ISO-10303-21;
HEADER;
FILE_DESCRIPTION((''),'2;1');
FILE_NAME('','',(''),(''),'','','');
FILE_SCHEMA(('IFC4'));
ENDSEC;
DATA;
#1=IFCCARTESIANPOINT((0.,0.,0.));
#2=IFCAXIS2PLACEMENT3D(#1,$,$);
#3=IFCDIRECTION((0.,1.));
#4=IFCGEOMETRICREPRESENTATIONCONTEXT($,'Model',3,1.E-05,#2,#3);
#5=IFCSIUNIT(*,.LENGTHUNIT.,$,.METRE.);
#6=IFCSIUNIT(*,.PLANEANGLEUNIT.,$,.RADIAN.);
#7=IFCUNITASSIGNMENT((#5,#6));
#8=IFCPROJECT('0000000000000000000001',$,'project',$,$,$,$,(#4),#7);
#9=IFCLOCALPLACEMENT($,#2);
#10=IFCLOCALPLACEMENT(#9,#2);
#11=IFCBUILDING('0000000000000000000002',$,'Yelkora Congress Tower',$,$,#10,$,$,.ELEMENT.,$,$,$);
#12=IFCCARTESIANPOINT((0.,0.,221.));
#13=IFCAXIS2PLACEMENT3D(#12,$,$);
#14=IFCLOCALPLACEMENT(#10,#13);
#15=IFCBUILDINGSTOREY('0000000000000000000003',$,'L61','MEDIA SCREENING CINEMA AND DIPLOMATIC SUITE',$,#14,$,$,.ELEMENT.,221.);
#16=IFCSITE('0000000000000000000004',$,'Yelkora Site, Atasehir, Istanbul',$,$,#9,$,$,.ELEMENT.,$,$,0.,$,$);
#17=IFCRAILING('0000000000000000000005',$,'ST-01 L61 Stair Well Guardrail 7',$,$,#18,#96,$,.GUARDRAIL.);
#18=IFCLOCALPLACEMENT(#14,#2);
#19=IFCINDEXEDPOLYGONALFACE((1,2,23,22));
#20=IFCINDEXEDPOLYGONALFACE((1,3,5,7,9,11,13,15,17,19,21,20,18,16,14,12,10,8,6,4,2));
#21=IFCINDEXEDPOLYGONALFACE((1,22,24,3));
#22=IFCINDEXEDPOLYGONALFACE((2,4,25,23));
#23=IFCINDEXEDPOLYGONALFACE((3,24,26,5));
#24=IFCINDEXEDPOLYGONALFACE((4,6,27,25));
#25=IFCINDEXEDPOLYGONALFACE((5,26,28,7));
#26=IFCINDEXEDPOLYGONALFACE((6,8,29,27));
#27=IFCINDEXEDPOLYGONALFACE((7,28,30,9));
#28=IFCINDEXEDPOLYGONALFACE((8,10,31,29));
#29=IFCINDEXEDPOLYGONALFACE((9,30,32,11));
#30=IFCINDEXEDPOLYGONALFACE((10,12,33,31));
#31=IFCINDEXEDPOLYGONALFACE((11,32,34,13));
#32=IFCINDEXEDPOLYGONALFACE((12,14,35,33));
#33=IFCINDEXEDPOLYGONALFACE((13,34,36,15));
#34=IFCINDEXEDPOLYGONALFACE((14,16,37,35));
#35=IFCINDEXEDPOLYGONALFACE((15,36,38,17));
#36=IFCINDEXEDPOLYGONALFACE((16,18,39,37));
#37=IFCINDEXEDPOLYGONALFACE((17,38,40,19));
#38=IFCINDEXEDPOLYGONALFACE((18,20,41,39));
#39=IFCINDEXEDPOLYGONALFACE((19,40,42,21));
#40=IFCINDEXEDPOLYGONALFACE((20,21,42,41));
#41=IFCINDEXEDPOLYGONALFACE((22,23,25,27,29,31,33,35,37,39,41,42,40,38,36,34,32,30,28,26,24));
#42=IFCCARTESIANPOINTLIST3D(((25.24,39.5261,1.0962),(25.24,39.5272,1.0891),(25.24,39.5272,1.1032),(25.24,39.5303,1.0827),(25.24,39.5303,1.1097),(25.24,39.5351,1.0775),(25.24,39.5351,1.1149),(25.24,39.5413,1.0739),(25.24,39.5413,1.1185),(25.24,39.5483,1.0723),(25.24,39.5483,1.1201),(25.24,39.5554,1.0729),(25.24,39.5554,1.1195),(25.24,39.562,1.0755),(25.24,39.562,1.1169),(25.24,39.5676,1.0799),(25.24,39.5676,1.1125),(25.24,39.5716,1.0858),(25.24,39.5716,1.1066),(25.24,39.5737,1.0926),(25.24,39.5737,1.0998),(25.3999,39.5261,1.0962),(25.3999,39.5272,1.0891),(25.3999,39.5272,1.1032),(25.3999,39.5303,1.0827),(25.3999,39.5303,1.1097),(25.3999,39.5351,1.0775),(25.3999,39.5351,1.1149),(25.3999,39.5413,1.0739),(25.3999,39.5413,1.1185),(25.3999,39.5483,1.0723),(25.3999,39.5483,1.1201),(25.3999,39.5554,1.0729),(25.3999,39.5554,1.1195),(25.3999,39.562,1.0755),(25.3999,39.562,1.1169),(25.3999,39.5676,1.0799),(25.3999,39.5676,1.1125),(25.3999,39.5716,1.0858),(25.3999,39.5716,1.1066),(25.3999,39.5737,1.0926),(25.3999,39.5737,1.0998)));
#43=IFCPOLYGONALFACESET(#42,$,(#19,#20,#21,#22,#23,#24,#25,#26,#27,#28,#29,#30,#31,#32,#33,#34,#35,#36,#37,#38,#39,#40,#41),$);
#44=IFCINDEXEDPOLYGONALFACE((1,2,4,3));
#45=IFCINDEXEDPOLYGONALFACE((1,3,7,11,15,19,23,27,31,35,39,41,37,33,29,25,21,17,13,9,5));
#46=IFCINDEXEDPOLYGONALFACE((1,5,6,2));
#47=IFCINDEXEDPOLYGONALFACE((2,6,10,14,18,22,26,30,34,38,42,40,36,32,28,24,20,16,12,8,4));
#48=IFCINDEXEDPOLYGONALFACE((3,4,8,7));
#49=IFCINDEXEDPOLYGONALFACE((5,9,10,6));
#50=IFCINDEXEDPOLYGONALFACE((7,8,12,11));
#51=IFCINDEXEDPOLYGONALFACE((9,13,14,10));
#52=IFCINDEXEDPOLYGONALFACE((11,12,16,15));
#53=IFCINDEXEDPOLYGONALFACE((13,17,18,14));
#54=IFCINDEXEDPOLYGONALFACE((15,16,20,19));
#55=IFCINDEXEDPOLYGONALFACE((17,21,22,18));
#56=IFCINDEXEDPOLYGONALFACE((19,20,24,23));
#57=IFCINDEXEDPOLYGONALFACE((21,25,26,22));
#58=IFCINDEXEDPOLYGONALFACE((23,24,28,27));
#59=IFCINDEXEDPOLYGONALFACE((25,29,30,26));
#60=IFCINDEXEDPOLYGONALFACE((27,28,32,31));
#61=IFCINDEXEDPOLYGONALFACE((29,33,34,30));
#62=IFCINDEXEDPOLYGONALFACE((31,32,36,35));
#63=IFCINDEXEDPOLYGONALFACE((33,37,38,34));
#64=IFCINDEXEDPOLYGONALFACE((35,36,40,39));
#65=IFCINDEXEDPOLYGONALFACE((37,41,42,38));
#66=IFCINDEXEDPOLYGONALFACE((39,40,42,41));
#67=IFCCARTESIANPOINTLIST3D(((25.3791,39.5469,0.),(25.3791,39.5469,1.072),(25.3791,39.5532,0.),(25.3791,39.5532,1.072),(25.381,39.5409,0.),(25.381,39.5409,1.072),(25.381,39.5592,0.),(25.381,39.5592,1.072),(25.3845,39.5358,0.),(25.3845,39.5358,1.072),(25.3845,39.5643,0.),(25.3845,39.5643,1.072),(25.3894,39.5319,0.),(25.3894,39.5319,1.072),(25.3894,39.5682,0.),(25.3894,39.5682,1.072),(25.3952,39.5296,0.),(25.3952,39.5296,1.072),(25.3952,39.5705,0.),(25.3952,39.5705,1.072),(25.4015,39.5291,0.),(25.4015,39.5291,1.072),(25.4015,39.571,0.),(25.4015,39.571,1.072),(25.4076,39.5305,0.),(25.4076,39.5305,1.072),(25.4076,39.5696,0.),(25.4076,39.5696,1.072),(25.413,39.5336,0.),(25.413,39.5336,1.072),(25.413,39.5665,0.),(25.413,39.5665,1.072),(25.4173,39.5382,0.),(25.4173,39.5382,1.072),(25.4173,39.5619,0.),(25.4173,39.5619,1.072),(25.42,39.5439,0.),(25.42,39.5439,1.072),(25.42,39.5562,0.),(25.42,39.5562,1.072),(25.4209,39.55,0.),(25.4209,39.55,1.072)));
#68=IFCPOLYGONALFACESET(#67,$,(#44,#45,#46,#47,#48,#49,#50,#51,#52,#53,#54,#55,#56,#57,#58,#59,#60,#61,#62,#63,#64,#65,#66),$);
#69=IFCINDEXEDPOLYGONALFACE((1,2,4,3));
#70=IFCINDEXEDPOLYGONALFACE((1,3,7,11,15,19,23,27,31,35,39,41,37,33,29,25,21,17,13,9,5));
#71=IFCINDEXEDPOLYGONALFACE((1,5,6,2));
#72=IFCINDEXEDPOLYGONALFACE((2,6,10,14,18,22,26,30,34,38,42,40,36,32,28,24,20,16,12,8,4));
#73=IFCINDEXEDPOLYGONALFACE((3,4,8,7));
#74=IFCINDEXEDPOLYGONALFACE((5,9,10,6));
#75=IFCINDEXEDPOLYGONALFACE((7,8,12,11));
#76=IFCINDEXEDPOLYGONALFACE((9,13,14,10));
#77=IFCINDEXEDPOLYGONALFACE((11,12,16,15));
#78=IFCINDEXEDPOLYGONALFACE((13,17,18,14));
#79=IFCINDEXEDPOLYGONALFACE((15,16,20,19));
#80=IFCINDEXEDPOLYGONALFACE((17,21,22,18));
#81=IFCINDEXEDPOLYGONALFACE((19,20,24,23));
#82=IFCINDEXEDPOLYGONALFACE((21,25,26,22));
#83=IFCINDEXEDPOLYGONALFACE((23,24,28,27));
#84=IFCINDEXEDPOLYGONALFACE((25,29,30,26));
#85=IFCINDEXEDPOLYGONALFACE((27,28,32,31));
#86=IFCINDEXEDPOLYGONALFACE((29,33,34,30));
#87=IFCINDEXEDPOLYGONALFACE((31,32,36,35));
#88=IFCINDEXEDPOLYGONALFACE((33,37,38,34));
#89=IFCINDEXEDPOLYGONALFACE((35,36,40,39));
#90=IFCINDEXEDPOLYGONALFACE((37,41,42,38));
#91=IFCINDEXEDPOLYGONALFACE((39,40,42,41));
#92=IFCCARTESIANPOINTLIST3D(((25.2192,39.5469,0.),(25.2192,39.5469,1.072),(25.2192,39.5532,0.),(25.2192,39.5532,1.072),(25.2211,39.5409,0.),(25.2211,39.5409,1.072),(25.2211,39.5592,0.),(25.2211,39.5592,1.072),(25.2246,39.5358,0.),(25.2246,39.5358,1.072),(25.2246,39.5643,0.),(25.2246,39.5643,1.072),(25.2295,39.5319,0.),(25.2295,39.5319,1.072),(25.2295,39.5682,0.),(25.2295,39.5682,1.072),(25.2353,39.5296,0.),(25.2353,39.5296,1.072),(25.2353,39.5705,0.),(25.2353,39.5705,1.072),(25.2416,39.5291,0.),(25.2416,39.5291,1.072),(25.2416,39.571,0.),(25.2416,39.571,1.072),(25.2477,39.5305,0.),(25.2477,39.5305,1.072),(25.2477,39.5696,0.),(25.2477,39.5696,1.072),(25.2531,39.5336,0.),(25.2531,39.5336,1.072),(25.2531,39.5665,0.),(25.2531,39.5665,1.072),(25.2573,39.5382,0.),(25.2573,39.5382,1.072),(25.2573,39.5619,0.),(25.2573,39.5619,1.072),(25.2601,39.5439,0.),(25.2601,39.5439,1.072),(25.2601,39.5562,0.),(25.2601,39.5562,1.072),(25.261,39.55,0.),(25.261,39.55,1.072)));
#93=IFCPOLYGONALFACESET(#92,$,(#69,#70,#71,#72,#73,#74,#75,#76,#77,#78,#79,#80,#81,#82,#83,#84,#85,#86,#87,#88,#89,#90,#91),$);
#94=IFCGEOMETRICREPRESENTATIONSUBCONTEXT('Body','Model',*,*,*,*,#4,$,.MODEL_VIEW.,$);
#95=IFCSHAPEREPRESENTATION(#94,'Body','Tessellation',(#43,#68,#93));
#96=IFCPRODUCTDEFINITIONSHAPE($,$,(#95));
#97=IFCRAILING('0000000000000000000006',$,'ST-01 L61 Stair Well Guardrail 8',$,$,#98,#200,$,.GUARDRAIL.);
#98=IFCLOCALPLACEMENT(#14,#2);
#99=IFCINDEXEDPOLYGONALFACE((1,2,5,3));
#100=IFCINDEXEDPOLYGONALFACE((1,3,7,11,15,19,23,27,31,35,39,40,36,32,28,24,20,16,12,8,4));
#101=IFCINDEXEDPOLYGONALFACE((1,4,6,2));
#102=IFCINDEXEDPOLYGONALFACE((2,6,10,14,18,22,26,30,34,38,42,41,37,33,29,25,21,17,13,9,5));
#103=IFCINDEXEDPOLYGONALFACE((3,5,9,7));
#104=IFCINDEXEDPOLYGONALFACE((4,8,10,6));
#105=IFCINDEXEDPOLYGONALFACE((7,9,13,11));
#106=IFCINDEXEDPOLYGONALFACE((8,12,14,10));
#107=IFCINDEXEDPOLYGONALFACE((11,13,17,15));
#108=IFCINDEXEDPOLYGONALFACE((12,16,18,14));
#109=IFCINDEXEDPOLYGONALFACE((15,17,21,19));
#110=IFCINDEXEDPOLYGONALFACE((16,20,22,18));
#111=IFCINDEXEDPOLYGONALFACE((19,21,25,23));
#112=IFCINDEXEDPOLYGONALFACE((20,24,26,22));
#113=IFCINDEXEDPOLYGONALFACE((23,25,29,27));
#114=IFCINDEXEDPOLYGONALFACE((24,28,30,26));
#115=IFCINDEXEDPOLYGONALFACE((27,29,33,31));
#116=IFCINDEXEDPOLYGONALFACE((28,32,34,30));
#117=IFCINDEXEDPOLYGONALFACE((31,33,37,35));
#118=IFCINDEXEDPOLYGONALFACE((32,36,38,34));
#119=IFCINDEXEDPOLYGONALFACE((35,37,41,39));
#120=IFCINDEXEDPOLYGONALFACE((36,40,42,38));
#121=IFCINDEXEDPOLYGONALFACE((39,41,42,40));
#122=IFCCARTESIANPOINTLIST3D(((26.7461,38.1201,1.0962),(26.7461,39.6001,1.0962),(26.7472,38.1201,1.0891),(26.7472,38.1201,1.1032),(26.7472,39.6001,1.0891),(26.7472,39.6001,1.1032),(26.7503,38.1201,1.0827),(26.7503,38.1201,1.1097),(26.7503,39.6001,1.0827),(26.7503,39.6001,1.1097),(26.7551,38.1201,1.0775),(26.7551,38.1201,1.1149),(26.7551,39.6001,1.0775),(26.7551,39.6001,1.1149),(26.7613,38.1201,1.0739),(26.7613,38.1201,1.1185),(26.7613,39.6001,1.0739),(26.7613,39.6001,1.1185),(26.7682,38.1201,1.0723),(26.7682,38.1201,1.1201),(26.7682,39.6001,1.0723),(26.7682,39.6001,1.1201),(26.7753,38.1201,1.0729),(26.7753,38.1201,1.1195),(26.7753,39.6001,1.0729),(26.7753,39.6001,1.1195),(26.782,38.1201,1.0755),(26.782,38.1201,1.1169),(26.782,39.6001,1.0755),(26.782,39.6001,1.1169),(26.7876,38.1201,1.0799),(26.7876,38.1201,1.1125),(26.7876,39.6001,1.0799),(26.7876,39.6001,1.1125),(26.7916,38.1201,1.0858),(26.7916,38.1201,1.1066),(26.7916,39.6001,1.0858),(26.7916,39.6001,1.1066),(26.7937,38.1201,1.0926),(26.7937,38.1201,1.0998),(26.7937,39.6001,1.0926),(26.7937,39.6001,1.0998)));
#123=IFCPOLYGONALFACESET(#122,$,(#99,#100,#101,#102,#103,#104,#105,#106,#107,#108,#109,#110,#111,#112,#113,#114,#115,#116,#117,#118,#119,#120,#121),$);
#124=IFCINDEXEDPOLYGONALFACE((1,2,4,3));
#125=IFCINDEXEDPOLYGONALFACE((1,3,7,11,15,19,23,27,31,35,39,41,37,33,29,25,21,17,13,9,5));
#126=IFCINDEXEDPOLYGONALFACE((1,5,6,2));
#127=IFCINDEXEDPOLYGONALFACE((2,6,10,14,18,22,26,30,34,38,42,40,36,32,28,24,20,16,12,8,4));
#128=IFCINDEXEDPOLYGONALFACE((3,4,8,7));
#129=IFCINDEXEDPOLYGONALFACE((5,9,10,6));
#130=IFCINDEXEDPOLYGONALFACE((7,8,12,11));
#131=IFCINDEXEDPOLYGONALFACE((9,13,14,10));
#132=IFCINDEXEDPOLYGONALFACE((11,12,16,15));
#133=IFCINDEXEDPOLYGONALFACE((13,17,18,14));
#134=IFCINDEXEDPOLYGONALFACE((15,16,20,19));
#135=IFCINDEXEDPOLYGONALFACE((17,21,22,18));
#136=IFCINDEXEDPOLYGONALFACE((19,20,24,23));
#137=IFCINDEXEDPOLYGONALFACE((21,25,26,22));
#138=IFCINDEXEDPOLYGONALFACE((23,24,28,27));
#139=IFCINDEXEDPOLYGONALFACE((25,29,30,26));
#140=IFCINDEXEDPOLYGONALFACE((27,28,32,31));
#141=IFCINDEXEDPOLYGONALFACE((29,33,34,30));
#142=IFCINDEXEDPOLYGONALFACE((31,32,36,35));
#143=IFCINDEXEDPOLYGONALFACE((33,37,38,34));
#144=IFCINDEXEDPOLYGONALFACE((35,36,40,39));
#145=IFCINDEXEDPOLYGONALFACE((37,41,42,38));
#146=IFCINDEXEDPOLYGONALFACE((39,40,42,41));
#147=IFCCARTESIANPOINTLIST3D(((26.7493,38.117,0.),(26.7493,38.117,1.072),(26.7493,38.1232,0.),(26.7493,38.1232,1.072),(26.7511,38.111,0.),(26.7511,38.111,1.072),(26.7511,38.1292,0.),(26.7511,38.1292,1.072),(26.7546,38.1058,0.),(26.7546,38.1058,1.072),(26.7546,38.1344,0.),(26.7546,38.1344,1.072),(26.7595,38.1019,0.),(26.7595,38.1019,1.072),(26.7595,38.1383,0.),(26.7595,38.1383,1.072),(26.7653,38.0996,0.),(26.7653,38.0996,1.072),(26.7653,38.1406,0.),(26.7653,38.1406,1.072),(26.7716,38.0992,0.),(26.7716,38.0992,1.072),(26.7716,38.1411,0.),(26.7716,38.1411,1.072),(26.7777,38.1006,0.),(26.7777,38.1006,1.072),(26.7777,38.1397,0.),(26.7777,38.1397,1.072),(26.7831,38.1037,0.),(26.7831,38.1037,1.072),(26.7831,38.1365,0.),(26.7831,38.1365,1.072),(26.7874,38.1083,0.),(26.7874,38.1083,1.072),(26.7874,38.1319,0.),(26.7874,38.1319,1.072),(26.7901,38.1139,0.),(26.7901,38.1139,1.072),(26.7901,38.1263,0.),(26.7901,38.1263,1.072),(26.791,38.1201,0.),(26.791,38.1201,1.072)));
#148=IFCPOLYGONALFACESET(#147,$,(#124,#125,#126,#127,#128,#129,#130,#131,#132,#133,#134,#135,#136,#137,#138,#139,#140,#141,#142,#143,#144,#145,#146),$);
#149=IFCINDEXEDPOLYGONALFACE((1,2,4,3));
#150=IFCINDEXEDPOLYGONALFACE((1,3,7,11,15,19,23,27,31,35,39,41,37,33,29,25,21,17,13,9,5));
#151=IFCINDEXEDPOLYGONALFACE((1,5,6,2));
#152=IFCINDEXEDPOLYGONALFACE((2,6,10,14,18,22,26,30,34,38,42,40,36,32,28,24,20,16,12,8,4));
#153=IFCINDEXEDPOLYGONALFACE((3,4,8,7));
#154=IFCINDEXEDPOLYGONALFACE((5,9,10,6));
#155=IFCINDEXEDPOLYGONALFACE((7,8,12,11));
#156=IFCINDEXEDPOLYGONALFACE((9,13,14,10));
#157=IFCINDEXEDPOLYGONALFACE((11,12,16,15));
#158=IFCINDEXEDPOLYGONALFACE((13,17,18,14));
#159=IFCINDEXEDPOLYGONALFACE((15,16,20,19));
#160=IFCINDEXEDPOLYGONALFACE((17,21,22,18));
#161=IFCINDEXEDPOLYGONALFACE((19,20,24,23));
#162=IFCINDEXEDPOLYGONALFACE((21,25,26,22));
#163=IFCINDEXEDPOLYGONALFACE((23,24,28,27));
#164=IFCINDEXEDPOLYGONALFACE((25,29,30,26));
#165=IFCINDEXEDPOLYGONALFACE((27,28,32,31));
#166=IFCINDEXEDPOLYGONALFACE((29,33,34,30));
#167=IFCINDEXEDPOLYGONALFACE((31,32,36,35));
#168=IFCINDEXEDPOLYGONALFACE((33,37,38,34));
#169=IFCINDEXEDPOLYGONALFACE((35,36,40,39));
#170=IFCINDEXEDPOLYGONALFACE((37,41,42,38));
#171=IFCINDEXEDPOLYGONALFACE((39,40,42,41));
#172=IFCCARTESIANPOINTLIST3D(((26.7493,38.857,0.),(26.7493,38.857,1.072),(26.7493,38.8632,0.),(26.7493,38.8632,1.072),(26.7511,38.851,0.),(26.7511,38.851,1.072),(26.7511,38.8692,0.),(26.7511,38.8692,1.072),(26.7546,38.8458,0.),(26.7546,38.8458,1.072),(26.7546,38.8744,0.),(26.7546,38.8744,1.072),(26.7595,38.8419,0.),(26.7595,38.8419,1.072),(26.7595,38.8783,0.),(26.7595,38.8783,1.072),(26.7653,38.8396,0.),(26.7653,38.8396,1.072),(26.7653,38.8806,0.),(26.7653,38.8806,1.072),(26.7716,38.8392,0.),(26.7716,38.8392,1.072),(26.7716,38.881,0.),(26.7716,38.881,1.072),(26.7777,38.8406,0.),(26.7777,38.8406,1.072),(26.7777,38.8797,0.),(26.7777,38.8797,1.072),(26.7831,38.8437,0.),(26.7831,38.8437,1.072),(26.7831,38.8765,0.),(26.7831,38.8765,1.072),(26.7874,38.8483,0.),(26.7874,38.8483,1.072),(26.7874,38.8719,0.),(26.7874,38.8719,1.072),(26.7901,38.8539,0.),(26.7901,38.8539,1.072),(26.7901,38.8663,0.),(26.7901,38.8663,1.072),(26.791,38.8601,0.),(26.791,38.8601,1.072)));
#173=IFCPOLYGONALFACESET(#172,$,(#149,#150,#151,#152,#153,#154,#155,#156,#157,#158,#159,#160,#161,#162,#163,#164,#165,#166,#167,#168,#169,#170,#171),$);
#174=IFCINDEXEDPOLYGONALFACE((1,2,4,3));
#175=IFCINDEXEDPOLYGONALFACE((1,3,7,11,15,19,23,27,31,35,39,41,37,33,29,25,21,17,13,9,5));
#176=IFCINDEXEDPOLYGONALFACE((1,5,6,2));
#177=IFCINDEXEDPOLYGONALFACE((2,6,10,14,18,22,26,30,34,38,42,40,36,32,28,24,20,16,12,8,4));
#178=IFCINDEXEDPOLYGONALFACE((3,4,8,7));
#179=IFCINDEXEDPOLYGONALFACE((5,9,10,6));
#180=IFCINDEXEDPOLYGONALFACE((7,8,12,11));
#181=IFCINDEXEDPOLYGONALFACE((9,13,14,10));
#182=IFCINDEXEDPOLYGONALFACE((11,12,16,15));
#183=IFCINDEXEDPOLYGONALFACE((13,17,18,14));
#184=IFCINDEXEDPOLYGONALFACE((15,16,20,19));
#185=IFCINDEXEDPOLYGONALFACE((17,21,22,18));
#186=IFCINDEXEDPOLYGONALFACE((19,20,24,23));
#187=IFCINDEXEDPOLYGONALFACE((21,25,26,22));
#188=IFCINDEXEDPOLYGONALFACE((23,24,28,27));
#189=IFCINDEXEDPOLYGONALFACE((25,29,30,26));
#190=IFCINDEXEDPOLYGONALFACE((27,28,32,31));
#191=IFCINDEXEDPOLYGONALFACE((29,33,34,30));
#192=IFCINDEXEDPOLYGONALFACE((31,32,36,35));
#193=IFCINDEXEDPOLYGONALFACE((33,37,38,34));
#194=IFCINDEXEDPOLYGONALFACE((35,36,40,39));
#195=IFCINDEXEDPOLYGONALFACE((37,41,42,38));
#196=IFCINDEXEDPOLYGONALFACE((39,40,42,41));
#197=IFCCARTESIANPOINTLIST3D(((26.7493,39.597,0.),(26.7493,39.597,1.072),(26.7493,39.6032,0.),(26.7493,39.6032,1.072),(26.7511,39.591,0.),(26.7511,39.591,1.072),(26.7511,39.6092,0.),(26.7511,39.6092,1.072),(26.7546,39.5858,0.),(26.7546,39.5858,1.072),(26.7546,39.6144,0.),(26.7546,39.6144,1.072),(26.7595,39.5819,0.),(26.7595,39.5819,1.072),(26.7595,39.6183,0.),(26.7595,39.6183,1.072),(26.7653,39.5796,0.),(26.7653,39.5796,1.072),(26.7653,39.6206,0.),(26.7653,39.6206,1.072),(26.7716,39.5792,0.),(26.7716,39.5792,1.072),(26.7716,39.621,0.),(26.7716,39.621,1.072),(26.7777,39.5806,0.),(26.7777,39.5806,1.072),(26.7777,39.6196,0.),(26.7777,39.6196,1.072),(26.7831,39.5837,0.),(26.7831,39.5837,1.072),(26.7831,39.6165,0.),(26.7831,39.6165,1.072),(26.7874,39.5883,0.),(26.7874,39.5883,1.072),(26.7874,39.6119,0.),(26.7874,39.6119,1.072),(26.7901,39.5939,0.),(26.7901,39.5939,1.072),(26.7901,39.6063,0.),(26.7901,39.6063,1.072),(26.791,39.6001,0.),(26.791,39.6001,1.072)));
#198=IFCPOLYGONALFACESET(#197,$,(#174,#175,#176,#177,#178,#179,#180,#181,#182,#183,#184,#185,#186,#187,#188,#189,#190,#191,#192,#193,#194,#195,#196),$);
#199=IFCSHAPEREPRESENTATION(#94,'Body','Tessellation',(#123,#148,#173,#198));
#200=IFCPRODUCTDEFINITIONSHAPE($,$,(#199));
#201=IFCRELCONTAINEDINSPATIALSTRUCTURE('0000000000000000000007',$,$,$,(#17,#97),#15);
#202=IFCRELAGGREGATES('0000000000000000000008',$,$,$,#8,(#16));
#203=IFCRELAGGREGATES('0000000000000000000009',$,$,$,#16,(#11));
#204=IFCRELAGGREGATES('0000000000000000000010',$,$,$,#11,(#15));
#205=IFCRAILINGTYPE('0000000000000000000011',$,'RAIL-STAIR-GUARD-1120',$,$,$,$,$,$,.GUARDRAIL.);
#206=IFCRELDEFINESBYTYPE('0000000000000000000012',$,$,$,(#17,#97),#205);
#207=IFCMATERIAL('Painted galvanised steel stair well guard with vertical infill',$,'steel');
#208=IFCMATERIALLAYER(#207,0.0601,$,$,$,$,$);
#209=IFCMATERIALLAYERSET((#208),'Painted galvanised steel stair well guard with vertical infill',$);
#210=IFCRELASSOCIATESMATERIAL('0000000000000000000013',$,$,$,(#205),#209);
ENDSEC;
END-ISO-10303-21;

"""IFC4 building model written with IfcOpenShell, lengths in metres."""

from ifc_helpers import new_model, si_unit, direction, frame, origin, origin_2d, place, context, subcontext, project, spatial, circle, extrude, material, layer, layer_set, type_object, element, save


model = new_model("IFC4")

# Units and contexts
model_context = context("Model", 3, precision=1e-05, world=origin(), true_north=direction((0.0, 1.0)))
body_context = subcontext(model_context, "Body", "Model", "MODEL_VIEW")
ifc_project = project(units=[si_unit("LENGTHUNIT", "METRE"), si_unit("PLANEANGLEUNIT", "RADIAN")], contexts=[model_context])

# Site, building, storey
site_placement = place(None, origin())
site = spatial("IfcSite", under=ifc_project, at=site_placement, Name="Yelkora Site, Atasehir, Istanbul", CompositionType="ELEMENT", RefElevation=0.0)
building_placement = place(site_placement, origin())
building = spatial("IfcBuilding", under=site, at=building_placement, Name="Yelkora Congress Tower", CompositionType="ELEMENT")
storey_placement = place(building_placement, frame((0.0, 0.0, 221.0)))
storey = spatial("IfcBuildingStorey", under=building, at=storey_placement, Name="L61", Description="MEDIA SCREENING CINEMA AND DIPLOMATIC SUITE", CompositionType="ELEMENT", Elevation=221.0)

# Railings
ifc_material_1 = material(Name="Painted galvanised steel stair well guard with vertical infill", Category="steel")
ifc_layer_1 = layer(ifc_material_1, 0.0601)
ifc_layer_set_1 = layer_set([ifc_layer_1], Name="Painted galvanised steel stair well guard with vertical infill")
railing_type_1 = type_object("IfcRailingType", Name="RAIL-STAIR-GUARD-1120", PredefinedType="GUARDRAIL", material=ifc_layer_set_1)
railing_1_placement = place(storey_placement, frame((25.3999, 39.55, 0.0)))
element("IfcRailing", 1, at=railing_1_placement, inside=storey, type_object=railing_type_1, Name="ST-01 L61 Stair Well Guardrail 7", PredefinedType="GUARDRAIL", context=body_context, shape_type="SweptSolid", body=[
    extrude(circle(Radius=0.0239, at=origin_2d()), frame((0.0, 0.0, 1.0962), z_axis=(-1.0, 0.0, 0.0), x_axis=(0.0, -1.0, 0.0)), (0.0, 0.0, 1.0), 0.1599),
    extrude(circle(Radius=0.021, at=origin_2d()), origin(), (0.0, 0.0, 1.0), 1.072),
    extrude(circle(Radius=0.021, at=origin_2d()), frame((-0.1599, 0.0, 0.0)), (0.0, 0.0, 1.0), 1.072),
])
railing_2_placement = place(storey_placement, frame((26.77, 38.1201, 0.0)))
element("IfcRailing", 2, at=railing_2_placement, inside=storey, type_object=railing_type_1, Name="ST-01 L61 Stair Well Guardrail 8", PredefinedType="GUARDRAIL", context=body_context, shape_type="SweptSolid", body=[
    extrude(circle(Radius=0.0239, at=origin_2d()), frame((0.0, 0.0, 1.0962), z_axis=(0.0, 1.0, 0.0), x_axis=(-1.0, 0.0, 0.0)), (0.0, 0.0, 1.0), 1.48),
    extrude(circle(Radius=0.021, at=origin_2d()), origin(), (0.0, 0.0, 1.0), 1.072),
    extrude(circle(Radius=0.021, at=origin_2d()), frame((0.0, 0.74, 0.0)), (0.0, 0.0, 1.0), 1.072),
    extrude(circle(Radius=0.021, at=origin_2d()), frame((0.0, 1.48, 0.0)), (0.0, 0.0, 1.0), 1.072),
])

save(model, "model.ifc")
